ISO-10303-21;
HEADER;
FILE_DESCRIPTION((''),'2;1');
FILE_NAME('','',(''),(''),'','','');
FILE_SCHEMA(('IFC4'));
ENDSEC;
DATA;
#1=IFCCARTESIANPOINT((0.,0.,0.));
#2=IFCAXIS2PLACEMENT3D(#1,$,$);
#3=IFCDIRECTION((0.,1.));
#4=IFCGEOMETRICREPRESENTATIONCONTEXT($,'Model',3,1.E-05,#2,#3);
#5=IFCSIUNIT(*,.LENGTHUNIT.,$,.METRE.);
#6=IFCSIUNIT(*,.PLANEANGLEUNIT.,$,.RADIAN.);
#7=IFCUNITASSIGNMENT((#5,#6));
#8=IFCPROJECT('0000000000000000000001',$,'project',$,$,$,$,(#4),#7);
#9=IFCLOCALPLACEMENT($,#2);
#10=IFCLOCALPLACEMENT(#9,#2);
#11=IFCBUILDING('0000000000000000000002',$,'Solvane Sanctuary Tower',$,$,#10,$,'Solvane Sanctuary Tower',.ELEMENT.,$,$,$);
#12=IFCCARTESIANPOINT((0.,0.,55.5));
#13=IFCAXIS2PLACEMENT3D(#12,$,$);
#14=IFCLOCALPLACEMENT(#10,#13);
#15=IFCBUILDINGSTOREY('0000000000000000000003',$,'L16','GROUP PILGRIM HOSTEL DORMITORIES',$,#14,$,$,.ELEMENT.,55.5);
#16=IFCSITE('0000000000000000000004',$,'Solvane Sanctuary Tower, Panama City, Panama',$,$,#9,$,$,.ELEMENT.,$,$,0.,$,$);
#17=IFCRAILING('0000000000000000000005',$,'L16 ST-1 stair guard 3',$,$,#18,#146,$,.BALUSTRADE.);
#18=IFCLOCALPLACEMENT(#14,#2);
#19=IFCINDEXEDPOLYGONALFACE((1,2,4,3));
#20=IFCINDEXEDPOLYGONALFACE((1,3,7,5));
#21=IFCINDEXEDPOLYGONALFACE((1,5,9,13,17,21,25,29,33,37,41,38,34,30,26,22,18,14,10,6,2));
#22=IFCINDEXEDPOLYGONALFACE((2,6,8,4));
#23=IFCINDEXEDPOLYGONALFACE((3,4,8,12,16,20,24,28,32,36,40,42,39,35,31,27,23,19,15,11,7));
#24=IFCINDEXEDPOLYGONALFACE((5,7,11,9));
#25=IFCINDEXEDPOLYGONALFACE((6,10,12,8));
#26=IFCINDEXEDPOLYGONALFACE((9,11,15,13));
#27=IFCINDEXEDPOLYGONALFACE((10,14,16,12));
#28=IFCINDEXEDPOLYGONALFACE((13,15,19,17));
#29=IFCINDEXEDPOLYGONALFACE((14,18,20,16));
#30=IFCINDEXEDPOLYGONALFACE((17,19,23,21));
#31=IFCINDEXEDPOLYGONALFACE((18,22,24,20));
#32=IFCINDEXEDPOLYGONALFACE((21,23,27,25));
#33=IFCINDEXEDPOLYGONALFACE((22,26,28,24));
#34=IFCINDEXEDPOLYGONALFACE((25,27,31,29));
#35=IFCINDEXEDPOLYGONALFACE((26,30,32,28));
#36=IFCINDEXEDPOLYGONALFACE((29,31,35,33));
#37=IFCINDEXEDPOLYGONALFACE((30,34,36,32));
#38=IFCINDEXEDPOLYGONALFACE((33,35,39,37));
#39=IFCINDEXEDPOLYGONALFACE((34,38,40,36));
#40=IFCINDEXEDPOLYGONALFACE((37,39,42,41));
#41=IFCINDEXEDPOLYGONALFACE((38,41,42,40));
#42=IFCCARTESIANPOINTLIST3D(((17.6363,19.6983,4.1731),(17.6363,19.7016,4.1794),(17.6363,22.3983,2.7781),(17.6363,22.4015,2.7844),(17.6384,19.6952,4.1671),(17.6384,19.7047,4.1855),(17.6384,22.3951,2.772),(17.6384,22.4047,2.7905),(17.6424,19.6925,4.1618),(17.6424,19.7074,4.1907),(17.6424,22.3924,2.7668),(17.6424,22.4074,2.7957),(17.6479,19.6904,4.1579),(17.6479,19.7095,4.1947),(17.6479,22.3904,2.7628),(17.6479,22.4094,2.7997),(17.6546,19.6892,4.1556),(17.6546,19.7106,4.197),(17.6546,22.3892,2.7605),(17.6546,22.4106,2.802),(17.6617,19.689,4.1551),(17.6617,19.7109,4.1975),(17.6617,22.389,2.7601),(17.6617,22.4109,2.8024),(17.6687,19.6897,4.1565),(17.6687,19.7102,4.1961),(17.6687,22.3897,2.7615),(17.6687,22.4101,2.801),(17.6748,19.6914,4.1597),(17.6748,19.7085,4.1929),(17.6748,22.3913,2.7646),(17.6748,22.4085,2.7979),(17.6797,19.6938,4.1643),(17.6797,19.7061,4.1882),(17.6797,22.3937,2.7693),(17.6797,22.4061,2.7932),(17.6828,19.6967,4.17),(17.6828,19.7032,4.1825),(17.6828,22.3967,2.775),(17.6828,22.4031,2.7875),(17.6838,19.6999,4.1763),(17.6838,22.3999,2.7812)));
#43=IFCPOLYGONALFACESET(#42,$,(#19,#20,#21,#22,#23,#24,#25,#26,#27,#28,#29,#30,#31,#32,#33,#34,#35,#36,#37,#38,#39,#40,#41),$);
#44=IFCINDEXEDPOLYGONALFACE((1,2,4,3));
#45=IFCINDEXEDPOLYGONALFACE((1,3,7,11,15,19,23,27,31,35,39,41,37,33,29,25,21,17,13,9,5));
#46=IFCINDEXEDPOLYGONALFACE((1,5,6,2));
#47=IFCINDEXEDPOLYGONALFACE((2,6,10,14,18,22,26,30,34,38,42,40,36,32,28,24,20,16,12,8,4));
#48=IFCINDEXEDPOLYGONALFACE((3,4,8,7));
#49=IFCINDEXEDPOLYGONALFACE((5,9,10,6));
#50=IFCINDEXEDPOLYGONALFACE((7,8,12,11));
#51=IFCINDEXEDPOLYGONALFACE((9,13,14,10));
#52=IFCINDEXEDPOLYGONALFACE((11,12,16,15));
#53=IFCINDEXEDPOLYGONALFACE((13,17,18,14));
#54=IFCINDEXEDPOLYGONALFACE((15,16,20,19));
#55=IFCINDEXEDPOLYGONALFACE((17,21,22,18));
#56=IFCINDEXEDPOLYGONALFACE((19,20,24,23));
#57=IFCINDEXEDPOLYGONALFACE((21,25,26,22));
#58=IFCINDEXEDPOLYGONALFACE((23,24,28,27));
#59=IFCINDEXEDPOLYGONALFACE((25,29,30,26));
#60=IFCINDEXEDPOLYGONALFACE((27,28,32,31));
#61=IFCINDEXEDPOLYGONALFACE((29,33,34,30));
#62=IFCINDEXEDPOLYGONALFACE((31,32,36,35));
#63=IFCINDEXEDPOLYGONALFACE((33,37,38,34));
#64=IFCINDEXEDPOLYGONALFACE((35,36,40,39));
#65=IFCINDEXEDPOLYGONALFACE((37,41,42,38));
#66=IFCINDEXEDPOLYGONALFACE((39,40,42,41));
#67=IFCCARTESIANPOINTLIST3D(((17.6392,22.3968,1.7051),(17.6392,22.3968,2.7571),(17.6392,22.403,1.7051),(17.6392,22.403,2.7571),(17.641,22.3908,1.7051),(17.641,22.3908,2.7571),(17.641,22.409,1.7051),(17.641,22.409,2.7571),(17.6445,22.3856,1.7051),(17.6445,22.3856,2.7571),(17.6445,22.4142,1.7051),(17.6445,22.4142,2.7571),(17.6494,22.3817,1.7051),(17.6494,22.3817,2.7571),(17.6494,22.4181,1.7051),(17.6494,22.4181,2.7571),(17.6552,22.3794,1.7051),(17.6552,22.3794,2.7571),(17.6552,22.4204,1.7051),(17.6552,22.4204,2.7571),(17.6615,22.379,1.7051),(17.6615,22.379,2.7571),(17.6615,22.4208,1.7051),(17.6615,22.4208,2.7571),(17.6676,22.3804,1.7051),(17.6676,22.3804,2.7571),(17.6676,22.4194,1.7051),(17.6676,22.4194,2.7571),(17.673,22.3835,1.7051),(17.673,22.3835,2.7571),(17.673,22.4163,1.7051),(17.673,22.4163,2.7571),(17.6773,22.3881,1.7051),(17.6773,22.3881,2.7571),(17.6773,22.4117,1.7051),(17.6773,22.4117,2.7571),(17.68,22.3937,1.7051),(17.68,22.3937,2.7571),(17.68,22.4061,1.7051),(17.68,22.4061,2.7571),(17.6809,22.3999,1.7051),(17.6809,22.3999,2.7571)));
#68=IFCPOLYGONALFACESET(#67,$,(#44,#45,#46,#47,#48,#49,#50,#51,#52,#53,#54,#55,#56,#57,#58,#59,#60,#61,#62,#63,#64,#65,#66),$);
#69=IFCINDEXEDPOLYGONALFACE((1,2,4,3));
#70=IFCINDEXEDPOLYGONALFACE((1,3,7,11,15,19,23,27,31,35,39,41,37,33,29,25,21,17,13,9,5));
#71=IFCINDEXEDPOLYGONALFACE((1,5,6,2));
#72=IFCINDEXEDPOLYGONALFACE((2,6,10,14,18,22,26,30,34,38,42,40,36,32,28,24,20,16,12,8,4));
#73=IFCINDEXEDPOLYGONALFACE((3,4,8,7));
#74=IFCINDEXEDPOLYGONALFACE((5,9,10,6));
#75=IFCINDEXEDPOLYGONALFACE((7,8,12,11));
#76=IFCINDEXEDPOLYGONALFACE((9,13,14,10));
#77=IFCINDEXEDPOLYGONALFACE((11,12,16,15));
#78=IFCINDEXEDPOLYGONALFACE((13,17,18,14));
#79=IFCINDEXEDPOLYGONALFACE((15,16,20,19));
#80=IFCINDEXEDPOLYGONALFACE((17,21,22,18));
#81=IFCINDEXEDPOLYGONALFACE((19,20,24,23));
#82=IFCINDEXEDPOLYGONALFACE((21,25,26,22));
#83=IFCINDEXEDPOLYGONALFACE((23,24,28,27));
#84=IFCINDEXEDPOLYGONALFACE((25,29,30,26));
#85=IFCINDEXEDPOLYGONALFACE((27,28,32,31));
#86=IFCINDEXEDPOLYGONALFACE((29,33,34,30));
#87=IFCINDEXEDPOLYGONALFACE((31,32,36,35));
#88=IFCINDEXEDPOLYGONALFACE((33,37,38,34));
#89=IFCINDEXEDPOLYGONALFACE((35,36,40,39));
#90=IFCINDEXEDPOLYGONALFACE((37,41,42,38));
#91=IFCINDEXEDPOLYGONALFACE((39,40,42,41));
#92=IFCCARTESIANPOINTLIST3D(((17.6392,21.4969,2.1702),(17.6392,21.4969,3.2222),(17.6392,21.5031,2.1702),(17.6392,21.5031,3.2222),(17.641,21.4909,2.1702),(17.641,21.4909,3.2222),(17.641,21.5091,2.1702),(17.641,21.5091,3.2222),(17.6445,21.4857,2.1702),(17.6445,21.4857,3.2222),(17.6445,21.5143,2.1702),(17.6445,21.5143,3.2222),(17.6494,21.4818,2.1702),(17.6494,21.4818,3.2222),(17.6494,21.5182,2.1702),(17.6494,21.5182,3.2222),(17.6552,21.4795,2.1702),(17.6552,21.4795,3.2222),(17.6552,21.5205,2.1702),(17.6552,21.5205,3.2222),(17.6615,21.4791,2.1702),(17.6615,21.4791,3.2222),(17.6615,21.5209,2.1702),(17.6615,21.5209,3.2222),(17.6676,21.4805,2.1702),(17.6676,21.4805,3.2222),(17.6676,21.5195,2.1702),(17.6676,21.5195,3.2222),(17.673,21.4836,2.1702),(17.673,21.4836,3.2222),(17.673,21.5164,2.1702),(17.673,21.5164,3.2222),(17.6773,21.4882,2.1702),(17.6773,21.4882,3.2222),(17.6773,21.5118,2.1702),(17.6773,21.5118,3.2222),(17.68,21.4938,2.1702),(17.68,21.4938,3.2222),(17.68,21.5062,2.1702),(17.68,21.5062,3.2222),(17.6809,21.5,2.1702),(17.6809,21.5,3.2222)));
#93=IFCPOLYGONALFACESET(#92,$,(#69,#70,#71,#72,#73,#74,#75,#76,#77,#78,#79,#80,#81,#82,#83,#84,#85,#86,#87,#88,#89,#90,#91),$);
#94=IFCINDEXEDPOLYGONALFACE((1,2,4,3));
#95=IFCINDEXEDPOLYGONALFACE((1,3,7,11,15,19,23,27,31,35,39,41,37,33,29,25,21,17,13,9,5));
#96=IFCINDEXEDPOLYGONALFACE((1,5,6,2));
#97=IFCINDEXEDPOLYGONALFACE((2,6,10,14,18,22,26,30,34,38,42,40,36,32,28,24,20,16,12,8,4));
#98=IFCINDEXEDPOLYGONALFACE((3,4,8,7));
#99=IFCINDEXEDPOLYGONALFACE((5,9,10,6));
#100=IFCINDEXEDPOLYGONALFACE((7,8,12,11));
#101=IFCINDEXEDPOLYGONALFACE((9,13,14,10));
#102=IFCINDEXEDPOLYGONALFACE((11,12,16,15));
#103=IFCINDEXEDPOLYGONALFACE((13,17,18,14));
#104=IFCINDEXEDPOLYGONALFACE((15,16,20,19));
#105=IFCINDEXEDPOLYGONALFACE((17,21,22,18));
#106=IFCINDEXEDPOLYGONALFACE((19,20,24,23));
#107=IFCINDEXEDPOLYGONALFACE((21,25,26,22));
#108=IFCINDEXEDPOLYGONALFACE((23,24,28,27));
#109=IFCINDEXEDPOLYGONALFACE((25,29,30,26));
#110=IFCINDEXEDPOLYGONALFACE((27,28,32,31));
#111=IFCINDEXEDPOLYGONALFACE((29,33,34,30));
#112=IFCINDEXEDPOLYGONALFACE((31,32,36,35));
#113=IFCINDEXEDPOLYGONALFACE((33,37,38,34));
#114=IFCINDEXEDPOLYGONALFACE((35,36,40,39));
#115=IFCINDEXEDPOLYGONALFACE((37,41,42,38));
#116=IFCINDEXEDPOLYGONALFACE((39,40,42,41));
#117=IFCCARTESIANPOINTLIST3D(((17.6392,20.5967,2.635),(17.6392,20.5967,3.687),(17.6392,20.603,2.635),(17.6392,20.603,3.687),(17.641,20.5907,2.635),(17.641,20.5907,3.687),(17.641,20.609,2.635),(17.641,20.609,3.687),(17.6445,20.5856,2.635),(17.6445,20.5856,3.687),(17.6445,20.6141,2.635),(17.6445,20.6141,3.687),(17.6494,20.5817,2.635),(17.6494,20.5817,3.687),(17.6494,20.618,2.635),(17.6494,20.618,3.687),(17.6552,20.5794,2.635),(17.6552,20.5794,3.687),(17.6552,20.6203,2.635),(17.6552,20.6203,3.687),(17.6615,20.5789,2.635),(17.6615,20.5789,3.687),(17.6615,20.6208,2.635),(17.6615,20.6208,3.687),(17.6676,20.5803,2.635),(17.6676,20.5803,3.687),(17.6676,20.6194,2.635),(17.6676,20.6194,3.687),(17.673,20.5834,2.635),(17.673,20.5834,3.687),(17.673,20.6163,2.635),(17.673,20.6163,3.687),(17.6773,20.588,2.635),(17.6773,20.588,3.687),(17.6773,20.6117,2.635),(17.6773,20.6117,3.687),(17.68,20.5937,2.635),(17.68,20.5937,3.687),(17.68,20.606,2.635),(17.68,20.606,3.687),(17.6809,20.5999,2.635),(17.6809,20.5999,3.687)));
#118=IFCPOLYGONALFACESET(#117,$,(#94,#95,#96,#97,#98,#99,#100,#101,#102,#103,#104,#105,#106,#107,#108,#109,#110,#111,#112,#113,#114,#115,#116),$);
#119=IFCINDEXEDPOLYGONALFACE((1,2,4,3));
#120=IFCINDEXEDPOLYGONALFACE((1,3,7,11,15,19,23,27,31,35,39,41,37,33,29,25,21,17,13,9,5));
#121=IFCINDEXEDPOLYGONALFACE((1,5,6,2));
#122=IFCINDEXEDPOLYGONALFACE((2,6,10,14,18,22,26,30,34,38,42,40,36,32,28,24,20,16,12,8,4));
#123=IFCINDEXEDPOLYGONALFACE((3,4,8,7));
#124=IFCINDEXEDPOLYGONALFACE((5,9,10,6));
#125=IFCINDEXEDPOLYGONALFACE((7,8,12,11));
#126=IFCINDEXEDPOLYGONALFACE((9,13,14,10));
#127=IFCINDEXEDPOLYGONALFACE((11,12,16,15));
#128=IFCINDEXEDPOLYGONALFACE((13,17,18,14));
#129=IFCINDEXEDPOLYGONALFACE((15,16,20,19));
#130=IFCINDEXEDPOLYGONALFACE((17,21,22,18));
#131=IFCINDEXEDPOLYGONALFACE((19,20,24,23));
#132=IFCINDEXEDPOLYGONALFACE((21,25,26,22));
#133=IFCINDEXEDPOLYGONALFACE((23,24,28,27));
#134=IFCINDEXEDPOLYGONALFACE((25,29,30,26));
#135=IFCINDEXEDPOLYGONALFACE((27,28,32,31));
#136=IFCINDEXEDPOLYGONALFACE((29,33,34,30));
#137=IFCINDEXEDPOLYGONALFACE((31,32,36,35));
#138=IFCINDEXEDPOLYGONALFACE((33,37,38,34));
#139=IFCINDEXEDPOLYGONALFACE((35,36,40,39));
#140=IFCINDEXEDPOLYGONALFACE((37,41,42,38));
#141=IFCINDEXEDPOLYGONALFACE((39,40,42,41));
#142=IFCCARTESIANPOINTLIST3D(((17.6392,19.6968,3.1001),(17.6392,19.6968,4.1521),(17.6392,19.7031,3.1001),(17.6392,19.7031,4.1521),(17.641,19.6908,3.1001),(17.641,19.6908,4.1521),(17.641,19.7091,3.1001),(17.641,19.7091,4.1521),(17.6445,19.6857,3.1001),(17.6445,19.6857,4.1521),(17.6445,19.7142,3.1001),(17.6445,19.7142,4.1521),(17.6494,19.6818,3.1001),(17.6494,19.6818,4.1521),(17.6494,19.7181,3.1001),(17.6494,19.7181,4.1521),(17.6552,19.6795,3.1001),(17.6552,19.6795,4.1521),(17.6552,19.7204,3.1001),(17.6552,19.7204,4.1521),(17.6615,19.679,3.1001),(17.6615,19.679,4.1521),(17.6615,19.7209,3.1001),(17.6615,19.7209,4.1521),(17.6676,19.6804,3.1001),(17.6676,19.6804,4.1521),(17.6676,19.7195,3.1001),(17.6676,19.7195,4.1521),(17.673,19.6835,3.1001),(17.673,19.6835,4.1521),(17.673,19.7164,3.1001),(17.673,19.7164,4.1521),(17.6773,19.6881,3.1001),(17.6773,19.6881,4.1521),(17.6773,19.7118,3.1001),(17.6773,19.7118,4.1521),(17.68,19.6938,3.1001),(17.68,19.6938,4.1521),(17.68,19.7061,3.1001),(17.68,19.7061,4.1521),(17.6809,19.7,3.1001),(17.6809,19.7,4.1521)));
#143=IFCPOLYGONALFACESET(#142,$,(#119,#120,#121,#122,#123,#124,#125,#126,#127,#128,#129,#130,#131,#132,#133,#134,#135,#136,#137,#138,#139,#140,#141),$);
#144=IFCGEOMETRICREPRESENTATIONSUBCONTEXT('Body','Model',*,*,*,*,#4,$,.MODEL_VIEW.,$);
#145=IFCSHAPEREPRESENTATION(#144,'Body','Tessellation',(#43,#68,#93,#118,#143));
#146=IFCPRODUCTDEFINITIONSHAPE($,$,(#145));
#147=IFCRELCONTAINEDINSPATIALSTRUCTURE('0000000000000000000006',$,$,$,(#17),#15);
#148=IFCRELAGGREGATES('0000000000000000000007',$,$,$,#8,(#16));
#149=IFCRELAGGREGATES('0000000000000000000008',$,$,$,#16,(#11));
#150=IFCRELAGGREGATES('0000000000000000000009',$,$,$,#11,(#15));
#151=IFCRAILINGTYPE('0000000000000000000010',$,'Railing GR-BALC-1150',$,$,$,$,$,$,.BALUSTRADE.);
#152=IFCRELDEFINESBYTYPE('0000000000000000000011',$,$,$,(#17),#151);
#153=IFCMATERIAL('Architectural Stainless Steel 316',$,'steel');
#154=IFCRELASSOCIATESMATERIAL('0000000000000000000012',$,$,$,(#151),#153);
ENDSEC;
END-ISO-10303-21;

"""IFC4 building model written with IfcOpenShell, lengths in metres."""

from ifc_helpers import new_model, si_unit, direction, frame, origin, origin_2d, place, context, subcontext, project, spatial, circle, extrude, material, type_object, element, save


model = new_model("IFC4")

# Units and contexts
model_context = context("Model", 3, precision=1e-05, world=origin(), true_north=direction((0.0, 1.0)))
body_context = subcontext(model_context, "Body", "Model", "MODEL_VIEW")
ifc_project = project(units=[si_unit("LENGTHUNIT", "METRE"), si_unit("PLANEANGLEUNIT", "RADIAN")], contexts=[model_context])

# Site, building, storey
site_placement = place(None, origin())
site = spatial("IfcSite", under=ifc_project, at=site_placement, Name="Solvane Sanctuary Tower, Panama City, Panama", CompositionType="ELEMENT", RefElevation=0.0)
building_placement = place(site_placement, origin())
building = spatial("IfcBuilding", under=site, at=building_placement, Name="Solvane Sanctuary Tower", LongName="Solvane Sanctuary Tower", CompositionType="ELEMENT")
storey_placement = place(building_placement, frame((0.0, 0.0, 55.5)))
storey = spatial("IfcBuildingStorey", under=building, at=storey_placement, Name="L16", Description="GROUP PILGRIM HOSTEL DORMITORIES", CompositionType="ELEMENT", Elevation=55.5)

# Railing
ifc_material_1 = material(Name="Architectural Stainless Steel 316", Category="steel")
railing_type_1 = type_object("IfcRailingType", Name="Railing GR-BALC-1150", PredefinedType="BALUSTRADE", material=ifc_material_1)
railing_1_placement = place(storey_placement, frame((17.6599, 22.3999, 1.7051)))
element("IfcRailing", 1, at=railing_1_placement, inside=storey, type_object=railing_type_1, Name="L16 ST-1 stair guard 3", PredefinedType="BALUSTRADE", context=body_context, shape_type="SweptSolid", body=[
    extrude(circle(Radius=0.0239, at=origin_2d()), frame((0.0, 0.0, 1.0762), z_axis=(0.0, -0.88842, 0.459032), x_axis=(1.0, 0.0, 0.0)), (0.0, 0.0, 1.0), 3.0391),
    extrude(circle(Radius=0.021, at=origin_2d()), origin(), (0.0, 0.0, 1.0), 1.052),
    extrude(circle(Radius=0.021, at=origin_2d()), frame((0.0, -0.8999, 0.4651)), (0.0, 0.0, 1.0), 1.052),
    extrude(circle(Radius=0.021, at=origin_2d()), frame((0.0, -1.8, 0.9299)), (0.0, 0.0, 1.0), 1.052),
    extrude(circle(Radius=0.021, at=origin_2d()), frame((0.0, -2.7, 1.395)), (0.0, 0.0, 1.0), 1.052),
])

save(model, "model.ifc")
